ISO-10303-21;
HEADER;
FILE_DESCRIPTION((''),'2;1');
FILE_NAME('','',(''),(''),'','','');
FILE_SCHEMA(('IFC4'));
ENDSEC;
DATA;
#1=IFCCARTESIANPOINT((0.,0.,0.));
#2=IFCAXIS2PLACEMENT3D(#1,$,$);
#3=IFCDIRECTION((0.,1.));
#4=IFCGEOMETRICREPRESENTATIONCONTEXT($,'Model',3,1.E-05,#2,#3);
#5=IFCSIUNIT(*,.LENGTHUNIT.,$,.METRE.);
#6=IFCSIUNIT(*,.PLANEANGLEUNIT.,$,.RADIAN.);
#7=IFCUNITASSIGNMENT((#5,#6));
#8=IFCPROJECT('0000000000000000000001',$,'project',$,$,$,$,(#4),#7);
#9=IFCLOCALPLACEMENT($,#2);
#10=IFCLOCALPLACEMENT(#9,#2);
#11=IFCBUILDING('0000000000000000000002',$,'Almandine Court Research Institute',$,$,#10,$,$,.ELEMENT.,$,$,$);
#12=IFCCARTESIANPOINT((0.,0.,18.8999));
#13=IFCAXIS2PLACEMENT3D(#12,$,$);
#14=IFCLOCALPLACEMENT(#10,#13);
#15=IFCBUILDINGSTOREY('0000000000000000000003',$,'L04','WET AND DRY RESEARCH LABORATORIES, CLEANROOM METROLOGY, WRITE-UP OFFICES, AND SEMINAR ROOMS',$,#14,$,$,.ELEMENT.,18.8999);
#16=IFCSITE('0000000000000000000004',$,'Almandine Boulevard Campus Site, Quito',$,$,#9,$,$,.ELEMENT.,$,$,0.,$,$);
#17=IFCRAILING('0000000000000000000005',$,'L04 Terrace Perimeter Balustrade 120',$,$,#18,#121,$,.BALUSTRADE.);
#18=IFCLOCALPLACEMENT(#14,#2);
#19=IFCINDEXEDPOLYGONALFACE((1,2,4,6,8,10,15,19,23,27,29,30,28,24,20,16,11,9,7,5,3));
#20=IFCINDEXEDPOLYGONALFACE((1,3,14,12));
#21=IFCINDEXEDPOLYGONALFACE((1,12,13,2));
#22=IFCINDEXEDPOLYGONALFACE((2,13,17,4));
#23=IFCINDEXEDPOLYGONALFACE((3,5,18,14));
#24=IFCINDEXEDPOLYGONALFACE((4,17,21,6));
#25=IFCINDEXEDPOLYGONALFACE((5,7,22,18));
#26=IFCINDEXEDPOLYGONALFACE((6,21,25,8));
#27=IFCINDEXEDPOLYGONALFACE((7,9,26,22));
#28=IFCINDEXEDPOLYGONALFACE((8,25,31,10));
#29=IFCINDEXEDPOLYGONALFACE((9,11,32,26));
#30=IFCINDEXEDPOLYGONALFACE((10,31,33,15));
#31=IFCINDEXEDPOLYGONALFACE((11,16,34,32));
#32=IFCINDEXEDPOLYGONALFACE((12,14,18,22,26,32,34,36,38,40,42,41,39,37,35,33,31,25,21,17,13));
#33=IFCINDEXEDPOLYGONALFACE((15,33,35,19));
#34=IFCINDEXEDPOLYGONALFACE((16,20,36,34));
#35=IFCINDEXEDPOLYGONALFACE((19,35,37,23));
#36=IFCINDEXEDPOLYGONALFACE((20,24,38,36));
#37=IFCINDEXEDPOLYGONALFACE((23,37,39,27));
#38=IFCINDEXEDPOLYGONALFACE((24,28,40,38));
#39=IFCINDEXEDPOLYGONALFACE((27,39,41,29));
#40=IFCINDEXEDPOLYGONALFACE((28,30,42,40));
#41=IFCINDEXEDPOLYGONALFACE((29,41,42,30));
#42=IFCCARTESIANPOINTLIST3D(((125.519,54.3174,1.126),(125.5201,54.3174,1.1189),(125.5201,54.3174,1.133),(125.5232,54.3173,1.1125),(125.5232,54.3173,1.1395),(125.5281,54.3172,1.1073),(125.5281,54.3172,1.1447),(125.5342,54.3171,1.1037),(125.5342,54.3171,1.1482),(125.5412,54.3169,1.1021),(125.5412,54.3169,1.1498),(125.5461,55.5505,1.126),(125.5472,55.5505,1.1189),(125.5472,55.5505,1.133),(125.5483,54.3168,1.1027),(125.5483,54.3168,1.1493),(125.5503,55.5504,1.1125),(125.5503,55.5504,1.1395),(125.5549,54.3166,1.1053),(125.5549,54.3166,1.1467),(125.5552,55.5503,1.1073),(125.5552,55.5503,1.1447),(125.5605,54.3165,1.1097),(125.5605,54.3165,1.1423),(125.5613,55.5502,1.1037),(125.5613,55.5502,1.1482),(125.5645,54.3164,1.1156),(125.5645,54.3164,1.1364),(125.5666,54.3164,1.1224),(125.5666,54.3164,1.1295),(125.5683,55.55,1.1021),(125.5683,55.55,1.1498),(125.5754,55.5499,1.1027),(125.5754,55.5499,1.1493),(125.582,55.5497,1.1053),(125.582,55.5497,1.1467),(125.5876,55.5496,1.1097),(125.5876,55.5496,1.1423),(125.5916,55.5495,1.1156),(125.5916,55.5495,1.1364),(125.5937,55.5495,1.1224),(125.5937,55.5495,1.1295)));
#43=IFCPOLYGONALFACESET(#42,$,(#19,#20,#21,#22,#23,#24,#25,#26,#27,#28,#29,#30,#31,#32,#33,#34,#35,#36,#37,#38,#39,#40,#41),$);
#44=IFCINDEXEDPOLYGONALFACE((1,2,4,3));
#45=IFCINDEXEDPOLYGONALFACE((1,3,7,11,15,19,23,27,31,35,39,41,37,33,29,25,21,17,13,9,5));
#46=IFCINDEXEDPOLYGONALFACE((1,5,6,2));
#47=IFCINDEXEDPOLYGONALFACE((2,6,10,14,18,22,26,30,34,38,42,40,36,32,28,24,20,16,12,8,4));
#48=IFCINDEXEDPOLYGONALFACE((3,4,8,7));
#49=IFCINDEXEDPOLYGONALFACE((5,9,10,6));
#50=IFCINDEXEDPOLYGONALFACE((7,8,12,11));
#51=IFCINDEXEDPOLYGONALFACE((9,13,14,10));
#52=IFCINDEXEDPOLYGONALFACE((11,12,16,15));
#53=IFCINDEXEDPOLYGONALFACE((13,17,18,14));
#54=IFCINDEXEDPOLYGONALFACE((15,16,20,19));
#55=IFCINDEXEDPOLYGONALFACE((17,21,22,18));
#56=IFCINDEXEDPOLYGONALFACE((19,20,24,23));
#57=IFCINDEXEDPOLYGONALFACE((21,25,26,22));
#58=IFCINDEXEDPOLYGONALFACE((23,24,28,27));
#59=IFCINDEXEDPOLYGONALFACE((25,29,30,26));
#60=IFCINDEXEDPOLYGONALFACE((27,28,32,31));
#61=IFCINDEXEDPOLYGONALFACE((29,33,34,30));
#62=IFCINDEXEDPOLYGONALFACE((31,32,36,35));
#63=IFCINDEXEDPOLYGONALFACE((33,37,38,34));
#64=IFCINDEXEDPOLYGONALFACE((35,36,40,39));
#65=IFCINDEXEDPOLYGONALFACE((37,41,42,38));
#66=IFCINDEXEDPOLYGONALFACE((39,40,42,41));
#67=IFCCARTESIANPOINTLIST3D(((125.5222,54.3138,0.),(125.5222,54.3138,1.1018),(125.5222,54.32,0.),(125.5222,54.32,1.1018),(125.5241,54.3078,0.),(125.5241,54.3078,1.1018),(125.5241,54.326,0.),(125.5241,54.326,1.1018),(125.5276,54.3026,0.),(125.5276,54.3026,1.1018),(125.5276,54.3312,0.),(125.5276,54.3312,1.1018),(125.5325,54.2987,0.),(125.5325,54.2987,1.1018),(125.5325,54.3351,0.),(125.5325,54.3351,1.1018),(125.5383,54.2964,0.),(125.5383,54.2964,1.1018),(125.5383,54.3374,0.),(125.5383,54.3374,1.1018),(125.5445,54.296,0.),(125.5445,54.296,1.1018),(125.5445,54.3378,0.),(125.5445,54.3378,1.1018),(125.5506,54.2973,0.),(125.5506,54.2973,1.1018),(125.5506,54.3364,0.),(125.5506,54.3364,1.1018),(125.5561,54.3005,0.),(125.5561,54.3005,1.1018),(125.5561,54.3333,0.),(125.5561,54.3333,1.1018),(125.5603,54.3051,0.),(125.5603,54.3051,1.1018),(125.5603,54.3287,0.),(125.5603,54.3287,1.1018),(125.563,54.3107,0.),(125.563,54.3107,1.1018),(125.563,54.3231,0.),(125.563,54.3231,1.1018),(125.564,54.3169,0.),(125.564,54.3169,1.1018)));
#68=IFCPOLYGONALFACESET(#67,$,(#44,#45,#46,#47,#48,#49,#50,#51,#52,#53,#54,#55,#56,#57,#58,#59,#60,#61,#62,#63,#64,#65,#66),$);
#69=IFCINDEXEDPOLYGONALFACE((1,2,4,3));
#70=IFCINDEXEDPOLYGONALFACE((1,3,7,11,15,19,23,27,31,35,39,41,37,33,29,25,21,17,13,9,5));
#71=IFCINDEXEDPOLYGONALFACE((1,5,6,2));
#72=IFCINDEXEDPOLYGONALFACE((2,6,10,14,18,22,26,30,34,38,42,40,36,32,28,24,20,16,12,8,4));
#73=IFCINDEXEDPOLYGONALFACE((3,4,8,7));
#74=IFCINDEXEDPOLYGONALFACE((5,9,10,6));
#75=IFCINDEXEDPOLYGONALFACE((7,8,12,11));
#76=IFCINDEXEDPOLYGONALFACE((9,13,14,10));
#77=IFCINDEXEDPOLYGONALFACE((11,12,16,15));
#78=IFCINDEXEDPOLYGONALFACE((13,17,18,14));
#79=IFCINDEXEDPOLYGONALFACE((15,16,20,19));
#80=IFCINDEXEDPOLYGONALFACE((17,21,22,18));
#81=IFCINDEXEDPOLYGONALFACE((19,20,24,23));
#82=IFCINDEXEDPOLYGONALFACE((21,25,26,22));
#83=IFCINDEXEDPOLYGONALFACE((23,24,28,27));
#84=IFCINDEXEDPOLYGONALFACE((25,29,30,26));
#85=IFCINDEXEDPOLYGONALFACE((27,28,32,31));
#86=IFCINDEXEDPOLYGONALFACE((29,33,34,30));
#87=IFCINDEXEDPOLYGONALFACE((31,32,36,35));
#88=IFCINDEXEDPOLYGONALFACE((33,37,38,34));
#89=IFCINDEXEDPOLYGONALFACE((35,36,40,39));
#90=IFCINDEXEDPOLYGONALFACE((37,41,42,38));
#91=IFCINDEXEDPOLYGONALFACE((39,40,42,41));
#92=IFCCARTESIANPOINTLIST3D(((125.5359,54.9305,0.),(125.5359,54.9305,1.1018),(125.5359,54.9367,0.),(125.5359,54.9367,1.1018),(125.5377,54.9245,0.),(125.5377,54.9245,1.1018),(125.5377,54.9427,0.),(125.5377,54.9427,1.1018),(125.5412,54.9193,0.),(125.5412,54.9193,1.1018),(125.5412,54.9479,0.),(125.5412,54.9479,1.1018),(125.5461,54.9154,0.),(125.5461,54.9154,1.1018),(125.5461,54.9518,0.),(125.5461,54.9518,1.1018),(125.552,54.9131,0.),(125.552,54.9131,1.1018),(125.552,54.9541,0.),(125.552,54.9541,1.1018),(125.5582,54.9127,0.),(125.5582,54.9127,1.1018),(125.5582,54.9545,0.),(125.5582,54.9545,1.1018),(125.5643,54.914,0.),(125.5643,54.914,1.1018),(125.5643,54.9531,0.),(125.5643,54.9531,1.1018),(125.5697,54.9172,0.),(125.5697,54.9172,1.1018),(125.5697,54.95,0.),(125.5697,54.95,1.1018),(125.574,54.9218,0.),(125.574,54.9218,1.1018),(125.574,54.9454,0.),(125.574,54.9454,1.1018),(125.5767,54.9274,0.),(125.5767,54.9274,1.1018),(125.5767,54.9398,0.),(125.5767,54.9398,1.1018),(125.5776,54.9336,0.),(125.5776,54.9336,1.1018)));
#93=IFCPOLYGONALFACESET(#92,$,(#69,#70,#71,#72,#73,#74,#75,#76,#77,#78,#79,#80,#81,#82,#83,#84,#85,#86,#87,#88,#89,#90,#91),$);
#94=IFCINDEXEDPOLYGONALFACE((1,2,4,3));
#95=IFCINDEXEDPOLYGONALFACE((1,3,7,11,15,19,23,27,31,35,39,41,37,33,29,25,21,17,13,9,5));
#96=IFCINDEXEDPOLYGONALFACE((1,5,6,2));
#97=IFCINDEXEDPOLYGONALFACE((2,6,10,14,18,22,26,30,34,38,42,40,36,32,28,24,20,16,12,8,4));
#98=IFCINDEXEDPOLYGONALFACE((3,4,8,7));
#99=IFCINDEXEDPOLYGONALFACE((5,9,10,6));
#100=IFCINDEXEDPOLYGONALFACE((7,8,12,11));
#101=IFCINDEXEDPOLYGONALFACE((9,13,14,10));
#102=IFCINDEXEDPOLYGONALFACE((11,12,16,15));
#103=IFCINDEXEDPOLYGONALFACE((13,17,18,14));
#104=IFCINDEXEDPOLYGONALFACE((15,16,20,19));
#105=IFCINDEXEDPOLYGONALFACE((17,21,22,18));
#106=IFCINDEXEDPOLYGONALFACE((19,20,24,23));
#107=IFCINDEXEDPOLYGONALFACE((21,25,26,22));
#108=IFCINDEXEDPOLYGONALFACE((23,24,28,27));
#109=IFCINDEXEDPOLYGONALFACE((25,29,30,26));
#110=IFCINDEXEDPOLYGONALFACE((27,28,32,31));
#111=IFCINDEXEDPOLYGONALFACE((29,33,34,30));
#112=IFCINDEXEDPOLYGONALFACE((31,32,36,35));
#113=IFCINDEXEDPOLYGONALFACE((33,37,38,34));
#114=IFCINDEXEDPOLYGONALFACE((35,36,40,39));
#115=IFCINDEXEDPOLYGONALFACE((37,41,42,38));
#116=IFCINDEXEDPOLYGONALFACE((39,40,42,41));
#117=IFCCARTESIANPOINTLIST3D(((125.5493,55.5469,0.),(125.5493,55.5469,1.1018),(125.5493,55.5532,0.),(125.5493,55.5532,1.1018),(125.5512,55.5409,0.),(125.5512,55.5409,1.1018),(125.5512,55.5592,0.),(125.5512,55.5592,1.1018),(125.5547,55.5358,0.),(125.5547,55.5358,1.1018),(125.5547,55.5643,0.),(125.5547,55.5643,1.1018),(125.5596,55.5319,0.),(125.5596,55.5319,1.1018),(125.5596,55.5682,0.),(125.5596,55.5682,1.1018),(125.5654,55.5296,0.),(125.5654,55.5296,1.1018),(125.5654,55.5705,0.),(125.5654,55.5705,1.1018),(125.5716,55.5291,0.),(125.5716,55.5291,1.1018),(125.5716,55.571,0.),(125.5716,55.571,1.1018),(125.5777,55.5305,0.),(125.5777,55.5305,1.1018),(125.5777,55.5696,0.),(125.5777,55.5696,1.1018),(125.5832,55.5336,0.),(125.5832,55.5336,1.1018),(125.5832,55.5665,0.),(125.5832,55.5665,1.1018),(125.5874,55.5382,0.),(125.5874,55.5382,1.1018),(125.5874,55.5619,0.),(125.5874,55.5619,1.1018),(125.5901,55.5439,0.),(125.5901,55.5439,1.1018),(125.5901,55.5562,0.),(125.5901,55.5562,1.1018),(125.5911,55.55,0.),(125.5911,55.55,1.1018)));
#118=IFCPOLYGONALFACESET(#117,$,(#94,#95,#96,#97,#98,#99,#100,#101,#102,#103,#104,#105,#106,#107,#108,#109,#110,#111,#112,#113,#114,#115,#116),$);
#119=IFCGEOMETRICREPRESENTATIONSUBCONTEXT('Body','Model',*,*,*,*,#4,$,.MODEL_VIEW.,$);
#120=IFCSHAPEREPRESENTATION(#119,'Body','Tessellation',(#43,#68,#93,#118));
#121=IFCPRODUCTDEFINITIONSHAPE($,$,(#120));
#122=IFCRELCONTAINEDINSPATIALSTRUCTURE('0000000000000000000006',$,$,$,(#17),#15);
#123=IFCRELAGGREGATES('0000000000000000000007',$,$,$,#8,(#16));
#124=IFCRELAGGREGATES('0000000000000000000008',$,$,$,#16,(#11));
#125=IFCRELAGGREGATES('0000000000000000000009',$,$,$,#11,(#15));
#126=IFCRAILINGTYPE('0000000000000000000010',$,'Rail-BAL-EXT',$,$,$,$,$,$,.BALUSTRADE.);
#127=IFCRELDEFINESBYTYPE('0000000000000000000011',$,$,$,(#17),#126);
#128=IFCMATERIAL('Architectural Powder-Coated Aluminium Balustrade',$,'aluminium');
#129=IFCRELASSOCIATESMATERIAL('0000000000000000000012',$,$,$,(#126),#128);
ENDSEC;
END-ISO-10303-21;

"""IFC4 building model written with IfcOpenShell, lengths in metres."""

from ifc_helpers import new_model, si_unit, direction, frame, origin, origin_2d, place, context, subcontext, project, spatial, circle, extrude, material, type_object, element, save


model = new_model("IFC4")

# Units and contexts
model_context = context("Model", 3, precision=1e-05, world=origin(), true_north=direction((0.0, 1.0)))
body_context = subcontext(model_context, "Body", "Model", "MODEL_VIEW")
ifc_project = project(units=[si_unit("LENGTHUNIT", "METRE"), si_unit("PLANEANGLEUNIT", "RADIAN")], contexts=[model_context])

# Site, building, storey
site_placement = place(None, origin())
site = spatial("IfcSite", under=ifc_project, at=site_placement, Name="Almandine Boulevard Campus Site, Quito", CompositionType="ELEMENT", RefElevation=0.0)
building_placement = place(site_placement, origin())
building = spatial("IfcBuilding", under=site, at=building_placement, Name="Almandine Court Research Institute", CompositionType="ELEMENT")
storey_placement = place(building_placement, frame((0.0, 0.0, 18.8999)))
storey = spatial("IfcBuildingStorey", under=building, at=storey_placement, Name="L04", Description="WET AND DRY RESEARCH LABORATORIES, CLEANROOM METROLOGY, WRITE-UP OFFICES, AND SEMINAR ROOMS", CompositionType="ELEMENT", Elevation=18.8999)

# Railing
ifc_material_1 = material(Name="Architectural Powder-Coated Aluminium Balustrade", Category="aluminium")
railing_type = type_object("IfcRailingType", Name="Rail-BAL-EXT", PredefinedType="BALUSTRADE", material=ifc_material_1)
railing_1_placement = place(storey_placement, frame((125.543, 54.3169, 0.0)))
element("IfcRailing", 1, at=railing_1_placement, inside=storey, type_object=railing_type, Name="L04 Terrace Perimeter Balustrade 120", PredefinedType="BALUSTRADE", context=body_context, shape_type="SweptSolid", body=[
    extrude(circle(Radius=0.0239, at=origin_2d()), frame((0.0, 0.0, 1.126), z_axis=(0.021971, 0.999759, 0.0), x_axis=(-0.999759, 0.021971, 0.0)), (0.0, 0.0, 1.0), 1.2334),
    extrude(circle(Radius=0.021, at=origin_2d()), origin(), (0.0, 0.0, 1.0), 1.1018),
    extrude(circle(Radius=0.021, at=origin_2d()), frame((0.0137, 0.6167, 0.0)), (0.0, 0.0, 1.0), 1.1018),
    extrude(circle(Radius=0.021, at=origin_2d()), frame((0.0271, 1.2332, 0.0)), (0.0, 0.0, 1.0), 1.1018),
])

save(model, "model.ifc")
